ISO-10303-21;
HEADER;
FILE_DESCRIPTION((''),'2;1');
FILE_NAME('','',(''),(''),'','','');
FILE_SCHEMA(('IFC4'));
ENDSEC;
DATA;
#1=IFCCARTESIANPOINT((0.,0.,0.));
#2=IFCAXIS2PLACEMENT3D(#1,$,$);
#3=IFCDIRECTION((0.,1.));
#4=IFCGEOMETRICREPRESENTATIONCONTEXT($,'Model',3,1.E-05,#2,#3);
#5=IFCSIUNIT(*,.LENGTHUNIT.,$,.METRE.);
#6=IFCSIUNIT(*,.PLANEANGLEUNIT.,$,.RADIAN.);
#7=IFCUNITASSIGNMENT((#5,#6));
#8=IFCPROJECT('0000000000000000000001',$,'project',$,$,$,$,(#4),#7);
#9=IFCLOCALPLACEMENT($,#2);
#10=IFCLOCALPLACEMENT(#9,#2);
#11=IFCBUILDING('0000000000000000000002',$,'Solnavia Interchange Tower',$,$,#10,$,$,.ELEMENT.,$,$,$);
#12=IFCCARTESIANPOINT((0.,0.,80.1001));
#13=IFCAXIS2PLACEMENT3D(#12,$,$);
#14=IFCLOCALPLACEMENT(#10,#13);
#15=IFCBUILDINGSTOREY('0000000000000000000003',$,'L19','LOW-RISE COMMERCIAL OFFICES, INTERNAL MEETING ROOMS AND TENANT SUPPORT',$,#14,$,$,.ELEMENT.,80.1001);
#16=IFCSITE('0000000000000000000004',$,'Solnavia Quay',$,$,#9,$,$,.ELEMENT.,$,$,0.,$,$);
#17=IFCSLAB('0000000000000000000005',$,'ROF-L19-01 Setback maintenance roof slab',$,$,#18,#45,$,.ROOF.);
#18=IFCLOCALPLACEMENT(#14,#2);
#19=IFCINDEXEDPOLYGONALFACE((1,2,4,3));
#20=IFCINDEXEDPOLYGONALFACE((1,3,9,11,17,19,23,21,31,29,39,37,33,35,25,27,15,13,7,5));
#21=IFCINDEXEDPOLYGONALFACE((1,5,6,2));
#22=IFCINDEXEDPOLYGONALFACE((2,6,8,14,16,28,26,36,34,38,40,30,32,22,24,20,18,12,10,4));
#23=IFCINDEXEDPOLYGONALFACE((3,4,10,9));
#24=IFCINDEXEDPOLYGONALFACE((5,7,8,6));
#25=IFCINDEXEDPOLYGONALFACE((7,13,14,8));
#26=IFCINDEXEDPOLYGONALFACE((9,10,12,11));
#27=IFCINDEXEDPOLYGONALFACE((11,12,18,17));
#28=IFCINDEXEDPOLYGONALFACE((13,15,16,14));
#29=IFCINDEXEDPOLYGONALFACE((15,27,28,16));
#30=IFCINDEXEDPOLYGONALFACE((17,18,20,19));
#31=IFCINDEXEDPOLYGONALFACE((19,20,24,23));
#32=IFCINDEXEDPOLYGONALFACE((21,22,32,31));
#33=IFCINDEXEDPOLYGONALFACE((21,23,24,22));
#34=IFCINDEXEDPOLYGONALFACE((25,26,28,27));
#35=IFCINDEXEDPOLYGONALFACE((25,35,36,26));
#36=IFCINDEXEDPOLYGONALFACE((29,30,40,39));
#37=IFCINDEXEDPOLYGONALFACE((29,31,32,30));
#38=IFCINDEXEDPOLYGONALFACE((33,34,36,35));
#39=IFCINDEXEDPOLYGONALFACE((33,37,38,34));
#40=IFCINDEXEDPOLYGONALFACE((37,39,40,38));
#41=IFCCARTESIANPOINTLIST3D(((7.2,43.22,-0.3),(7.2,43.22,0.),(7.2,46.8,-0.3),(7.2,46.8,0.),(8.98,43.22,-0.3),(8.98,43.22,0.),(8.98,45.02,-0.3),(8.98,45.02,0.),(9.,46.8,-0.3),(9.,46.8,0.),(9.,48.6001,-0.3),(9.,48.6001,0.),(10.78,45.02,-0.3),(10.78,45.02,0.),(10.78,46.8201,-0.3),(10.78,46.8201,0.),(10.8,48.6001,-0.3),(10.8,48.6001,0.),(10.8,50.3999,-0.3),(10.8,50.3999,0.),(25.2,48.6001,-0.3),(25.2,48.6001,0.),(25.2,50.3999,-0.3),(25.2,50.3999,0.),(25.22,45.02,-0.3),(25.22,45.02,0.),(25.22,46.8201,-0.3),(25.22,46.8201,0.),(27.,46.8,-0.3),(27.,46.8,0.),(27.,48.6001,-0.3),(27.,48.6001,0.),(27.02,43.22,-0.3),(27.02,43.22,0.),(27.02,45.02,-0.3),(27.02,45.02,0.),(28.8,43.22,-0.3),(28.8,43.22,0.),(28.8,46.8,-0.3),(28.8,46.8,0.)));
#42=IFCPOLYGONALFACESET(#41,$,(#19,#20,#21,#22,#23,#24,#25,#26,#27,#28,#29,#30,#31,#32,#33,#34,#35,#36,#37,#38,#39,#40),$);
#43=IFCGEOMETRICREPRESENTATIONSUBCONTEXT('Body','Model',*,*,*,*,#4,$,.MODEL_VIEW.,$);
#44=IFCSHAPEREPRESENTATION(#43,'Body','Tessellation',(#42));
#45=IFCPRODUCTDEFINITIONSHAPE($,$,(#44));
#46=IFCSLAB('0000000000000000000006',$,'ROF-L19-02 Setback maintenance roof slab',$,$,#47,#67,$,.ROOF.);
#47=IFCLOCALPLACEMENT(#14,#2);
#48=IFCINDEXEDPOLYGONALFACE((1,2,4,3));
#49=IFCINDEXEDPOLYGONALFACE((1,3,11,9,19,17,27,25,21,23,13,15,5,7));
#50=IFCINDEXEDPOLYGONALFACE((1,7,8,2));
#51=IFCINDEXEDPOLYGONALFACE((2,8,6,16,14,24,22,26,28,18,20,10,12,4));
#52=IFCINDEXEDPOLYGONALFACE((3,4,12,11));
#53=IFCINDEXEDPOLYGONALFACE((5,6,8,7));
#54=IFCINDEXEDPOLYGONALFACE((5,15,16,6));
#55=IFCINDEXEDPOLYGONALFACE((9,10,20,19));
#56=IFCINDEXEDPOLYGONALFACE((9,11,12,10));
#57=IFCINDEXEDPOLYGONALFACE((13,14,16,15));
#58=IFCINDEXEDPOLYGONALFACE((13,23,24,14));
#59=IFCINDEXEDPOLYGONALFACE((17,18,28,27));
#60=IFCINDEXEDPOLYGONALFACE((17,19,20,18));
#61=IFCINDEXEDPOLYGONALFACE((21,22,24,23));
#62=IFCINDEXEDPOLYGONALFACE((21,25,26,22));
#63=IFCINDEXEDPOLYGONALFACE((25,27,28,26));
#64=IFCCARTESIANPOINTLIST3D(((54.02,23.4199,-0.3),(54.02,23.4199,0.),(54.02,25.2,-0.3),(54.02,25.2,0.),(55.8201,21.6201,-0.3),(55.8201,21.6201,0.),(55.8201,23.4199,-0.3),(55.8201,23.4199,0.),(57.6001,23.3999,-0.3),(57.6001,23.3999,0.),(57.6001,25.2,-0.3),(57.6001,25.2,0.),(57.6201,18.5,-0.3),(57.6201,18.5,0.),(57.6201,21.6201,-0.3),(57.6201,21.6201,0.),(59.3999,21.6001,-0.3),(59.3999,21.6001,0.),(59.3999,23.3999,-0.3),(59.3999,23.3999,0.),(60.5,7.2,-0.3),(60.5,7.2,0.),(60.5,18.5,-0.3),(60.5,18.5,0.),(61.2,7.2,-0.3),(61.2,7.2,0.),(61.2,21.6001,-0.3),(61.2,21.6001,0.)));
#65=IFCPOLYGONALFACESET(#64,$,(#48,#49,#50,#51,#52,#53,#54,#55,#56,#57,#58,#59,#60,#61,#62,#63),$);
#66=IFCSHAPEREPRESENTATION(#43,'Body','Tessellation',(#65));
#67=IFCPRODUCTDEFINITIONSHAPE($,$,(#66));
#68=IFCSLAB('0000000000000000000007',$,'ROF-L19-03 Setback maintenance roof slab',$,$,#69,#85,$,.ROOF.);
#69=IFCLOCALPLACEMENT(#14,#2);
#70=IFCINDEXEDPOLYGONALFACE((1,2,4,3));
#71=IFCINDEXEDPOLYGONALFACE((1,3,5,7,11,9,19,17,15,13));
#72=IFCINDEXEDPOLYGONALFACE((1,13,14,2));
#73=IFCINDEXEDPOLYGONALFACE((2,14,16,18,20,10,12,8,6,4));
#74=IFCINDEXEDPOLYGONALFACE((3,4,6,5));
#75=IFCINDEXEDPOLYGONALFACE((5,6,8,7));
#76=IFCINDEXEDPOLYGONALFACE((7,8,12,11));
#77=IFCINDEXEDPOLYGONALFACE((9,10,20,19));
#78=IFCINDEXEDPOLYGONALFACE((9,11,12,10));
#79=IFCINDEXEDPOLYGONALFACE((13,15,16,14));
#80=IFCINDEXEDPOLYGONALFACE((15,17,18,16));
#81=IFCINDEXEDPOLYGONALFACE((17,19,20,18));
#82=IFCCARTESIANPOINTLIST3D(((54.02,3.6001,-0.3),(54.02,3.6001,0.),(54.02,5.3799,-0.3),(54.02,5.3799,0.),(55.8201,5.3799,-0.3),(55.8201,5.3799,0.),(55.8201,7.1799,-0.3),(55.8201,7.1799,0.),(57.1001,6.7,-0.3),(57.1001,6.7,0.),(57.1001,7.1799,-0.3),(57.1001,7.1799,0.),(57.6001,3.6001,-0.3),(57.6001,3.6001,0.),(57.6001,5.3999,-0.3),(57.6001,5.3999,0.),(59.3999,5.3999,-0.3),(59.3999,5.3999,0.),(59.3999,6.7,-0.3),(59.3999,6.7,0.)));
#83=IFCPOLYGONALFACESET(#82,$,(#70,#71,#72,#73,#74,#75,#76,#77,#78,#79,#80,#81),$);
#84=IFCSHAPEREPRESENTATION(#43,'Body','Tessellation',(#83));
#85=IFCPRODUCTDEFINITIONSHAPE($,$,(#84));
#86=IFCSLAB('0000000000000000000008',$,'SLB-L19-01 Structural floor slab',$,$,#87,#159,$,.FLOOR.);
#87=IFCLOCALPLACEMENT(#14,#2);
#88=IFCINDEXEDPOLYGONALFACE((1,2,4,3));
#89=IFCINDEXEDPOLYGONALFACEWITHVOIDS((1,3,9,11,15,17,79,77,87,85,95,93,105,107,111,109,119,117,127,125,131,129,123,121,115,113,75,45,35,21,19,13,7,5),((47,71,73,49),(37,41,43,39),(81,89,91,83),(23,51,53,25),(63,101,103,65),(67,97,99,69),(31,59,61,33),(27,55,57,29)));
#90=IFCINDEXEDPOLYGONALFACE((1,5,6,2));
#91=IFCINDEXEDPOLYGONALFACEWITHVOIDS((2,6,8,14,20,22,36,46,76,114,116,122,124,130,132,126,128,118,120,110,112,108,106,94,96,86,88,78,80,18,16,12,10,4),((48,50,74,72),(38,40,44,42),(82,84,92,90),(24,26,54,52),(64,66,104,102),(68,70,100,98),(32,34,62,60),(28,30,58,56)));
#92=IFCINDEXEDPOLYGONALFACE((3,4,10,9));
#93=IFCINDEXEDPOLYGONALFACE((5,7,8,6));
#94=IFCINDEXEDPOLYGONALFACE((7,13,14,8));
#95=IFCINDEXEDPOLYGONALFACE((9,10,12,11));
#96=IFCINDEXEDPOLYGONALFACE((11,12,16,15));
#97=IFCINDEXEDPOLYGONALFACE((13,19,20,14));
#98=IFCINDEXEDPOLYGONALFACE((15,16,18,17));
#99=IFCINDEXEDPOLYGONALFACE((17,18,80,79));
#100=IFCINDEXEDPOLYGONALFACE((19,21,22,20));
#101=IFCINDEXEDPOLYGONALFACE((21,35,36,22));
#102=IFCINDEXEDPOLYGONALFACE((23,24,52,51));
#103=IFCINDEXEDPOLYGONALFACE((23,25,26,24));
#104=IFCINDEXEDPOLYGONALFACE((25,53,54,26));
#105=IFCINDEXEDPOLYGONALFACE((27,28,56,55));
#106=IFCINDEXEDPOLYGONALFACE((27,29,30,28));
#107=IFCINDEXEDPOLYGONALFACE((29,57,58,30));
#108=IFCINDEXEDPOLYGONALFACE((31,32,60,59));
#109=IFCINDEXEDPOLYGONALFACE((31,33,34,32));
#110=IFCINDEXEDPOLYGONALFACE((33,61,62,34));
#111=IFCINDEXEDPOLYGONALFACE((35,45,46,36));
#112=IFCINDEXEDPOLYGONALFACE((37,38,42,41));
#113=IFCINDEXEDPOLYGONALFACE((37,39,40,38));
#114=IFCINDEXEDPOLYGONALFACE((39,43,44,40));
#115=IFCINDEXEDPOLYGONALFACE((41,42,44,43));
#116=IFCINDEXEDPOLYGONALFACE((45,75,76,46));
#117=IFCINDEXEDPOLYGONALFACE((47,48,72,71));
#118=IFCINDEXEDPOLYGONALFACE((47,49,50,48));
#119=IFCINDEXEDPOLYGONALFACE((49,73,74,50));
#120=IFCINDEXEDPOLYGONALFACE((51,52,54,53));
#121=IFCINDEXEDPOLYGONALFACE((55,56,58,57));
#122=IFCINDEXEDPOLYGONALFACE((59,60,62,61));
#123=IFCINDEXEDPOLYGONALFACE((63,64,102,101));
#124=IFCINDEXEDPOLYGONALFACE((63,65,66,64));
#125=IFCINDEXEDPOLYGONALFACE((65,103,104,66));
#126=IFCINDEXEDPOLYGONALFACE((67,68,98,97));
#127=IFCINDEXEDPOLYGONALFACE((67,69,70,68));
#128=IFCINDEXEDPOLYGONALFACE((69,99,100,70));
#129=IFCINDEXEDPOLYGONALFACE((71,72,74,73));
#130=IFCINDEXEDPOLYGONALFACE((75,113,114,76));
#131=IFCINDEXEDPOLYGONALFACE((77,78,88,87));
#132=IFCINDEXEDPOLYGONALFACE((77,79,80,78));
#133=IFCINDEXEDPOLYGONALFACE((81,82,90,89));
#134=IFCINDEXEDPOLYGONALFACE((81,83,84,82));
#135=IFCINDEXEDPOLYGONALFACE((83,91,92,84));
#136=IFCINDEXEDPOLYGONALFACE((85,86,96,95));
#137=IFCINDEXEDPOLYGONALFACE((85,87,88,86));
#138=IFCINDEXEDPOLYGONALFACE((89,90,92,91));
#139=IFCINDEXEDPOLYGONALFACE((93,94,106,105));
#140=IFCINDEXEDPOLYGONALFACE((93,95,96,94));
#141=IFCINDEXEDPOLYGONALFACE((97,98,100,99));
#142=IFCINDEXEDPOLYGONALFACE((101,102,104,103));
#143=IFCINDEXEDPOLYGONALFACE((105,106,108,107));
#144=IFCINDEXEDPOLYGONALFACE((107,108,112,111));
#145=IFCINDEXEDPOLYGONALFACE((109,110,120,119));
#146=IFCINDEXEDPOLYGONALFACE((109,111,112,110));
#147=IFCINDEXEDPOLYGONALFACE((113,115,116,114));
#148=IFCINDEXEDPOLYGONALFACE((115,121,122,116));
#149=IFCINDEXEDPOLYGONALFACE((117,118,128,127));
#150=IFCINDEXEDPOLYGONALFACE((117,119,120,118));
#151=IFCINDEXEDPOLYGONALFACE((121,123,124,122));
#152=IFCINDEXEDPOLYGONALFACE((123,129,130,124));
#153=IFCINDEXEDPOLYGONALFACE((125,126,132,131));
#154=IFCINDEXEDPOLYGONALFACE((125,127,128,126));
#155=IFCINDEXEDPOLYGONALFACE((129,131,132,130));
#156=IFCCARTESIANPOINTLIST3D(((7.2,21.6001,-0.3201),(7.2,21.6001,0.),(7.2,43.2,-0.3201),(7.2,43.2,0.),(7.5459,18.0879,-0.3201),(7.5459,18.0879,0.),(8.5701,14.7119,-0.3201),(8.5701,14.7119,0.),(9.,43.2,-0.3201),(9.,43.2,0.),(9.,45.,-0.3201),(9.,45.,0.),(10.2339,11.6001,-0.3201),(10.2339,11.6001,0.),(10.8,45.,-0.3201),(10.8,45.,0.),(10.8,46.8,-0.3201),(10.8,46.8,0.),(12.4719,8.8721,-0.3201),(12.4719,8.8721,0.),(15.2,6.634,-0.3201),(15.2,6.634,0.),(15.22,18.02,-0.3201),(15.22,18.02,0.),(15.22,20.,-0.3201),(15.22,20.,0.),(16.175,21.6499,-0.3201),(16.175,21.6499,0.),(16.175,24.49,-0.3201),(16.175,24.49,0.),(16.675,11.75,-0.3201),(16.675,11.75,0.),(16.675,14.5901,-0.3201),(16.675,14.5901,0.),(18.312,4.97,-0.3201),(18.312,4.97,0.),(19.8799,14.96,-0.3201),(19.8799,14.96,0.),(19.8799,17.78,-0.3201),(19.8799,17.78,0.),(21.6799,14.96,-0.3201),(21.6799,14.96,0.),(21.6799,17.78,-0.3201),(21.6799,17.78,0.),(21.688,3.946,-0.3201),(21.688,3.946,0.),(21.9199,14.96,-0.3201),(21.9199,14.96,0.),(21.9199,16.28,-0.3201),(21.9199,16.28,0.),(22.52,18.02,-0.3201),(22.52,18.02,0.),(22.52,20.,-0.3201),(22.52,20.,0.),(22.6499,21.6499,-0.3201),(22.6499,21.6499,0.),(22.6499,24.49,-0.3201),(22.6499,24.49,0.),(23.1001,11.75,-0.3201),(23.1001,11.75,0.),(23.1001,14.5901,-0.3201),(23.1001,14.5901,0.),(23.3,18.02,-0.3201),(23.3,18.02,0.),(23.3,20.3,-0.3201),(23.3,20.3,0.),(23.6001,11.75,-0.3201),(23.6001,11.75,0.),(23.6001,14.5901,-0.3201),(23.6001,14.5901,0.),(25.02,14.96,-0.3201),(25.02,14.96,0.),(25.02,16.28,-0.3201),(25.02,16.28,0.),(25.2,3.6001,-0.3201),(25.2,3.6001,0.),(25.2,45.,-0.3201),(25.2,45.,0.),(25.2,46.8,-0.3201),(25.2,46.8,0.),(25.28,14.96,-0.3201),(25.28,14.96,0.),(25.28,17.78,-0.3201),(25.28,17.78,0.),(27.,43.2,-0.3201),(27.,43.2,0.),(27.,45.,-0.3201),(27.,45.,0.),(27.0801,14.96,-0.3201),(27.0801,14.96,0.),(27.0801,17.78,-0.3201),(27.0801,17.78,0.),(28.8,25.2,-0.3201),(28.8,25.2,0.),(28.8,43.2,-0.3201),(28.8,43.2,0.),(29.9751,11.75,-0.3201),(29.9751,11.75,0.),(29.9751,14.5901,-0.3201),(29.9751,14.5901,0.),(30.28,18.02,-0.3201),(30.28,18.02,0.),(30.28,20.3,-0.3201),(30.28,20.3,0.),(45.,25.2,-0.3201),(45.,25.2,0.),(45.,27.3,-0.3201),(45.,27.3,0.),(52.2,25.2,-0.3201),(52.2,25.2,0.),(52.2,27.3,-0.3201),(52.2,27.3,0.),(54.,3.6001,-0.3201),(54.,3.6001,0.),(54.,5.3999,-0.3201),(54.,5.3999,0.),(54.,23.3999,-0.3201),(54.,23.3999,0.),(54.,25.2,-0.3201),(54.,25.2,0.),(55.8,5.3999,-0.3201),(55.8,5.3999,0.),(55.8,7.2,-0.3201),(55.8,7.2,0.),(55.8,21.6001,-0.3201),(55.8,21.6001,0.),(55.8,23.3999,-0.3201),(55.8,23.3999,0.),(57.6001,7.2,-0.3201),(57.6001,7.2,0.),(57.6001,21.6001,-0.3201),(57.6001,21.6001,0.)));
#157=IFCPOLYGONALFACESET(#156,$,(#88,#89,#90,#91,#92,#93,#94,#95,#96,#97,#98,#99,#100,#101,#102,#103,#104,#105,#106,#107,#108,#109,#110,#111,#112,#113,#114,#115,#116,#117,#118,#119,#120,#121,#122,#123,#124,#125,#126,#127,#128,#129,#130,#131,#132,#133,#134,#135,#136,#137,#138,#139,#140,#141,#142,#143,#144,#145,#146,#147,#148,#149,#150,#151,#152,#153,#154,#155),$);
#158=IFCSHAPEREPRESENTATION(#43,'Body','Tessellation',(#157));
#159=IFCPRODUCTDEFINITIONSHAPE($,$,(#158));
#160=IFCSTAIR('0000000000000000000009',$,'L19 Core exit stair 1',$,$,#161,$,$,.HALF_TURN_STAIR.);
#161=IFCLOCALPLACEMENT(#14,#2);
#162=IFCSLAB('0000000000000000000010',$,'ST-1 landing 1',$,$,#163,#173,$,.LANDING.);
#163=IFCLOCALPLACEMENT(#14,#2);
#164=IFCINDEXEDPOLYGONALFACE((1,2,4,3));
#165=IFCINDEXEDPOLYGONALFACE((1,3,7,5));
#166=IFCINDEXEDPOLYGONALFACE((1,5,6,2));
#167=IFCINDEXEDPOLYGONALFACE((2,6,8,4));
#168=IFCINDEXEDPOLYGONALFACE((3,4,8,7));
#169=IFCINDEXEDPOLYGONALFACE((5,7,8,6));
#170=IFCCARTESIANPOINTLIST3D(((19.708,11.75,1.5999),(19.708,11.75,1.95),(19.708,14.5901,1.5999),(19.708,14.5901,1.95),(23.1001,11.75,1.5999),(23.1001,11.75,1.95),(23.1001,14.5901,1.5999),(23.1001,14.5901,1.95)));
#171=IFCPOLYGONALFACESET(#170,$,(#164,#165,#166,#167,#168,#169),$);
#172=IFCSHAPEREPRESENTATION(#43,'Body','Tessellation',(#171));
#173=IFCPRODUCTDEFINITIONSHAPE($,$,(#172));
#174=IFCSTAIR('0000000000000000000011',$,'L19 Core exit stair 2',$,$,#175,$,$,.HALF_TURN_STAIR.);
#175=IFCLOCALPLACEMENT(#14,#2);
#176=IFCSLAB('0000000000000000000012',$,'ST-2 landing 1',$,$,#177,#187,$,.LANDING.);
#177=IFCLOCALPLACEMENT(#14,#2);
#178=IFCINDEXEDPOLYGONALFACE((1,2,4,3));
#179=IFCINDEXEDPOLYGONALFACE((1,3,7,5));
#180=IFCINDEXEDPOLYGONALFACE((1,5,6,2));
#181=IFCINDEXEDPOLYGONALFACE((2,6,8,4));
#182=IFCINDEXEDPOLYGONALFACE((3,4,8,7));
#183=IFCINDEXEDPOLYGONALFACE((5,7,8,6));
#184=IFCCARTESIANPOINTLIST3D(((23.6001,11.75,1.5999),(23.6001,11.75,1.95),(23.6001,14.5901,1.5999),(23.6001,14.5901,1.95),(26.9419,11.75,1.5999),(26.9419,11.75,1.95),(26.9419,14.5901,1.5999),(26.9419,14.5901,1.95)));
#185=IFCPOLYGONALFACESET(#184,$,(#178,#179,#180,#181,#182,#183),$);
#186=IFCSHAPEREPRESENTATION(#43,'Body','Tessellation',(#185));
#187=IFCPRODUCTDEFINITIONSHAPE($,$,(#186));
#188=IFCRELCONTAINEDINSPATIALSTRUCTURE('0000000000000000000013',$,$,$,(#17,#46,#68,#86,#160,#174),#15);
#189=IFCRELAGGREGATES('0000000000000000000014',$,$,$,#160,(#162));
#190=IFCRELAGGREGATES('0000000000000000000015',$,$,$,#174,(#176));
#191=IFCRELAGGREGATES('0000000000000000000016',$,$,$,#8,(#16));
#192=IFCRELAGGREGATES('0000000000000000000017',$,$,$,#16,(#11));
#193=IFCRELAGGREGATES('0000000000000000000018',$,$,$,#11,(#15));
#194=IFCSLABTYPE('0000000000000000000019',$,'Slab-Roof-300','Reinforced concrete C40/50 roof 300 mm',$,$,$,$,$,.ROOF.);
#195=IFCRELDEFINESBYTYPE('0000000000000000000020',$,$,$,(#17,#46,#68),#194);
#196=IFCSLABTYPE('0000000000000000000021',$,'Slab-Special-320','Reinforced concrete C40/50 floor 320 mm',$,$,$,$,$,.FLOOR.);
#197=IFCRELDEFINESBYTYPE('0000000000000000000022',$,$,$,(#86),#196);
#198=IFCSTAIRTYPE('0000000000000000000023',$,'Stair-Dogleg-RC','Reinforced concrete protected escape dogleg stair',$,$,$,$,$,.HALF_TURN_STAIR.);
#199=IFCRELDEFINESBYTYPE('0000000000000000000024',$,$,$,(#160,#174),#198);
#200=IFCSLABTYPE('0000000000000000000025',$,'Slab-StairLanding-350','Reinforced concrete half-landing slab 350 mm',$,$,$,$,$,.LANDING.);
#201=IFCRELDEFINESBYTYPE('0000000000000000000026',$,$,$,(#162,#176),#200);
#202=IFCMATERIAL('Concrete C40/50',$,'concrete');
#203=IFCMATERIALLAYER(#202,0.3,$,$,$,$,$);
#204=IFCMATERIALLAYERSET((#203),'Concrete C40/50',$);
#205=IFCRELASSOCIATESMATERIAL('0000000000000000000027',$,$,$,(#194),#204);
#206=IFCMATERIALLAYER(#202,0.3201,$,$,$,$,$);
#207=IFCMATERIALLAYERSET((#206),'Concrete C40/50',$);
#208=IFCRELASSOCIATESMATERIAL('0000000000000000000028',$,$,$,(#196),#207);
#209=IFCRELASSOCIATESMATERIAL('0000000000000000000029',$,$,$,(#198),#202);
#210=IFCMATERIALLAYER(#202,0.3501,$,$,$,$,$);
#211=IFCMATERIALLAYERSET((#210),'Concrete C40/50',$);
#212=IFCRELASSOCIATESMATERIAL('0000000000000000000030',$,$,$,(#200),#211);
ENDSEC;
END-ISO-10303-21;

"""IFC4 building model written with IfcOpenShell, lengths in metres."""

from ifc_helpers import new_model, si_unit, direction, frame, origin, place, context, subcontext, project, spatial, polyline, outline, extrude, material, layer, layer_set, type_object, element, aggregate, save


model = new_model("IFC4")

# Units and contexts
model_context = context("Model", 3, precision=1e-05, world=origin(), true_north=direction((0.0, 1.0)))
body_context = subcontext(model_context, "Body", "Model", "MODEL_VIEW")
ifc_project = project(units=[si_unit("LENGTHUNIT", "METRE"), si_unit("PLANEANGLEUNIT", "RADIAN")], contexts=[model_context])

# Site, building, storey
site_placement = place(None, origin())
site = spatial("IfcSite", under=ifc_project, at=site_placement, Name="Solnavia Quay", CompositionType="ELEMENT", RefElevation=0.0)
building_placement = place(site_placement, origin())
building = spatial("IfcBuilding", under=site, at=building_placement, Name="Solnavia Interchange Tower", CompositionType="ELEMENT")
storey_placement = place(building_placement, frame((0.0, 0.0, 80.1001)))
storey = spatial("IfcBuildingStorey", under=building, at=storey_placement, Name="L19", Description="LOW-RISE COMMERCIAL OFFICES, INTERNAL MEETING ROOMS AND TENANT SUPPORT", CompositionType="ELEMENT", Elevation=80.1001)

# Slabs
ifc_material_1 = material(Name="Concrete C40/50", Category="concrete")
ifc_layer_1 = layer(ifc_material_1, 0.3)
ifc_layer_set_1 = layer_set([ifc_layer_1], Name="Concrete C40/50")
slab_type_1 = type_object("IfcSlabType", Name="Slab-Roof-300", Description="Reinforced concrete C40/50 roof 300 mm", PredefinedType="ROOF", material=ifc_layer_set_1)
slab_1_placement = place(storey_placement, frame((0.0, 0.0, -0.3)))
element("IfcSlab", 1, at=slab_1_placement, inside=storey, type_object=slab_type_1, Name="ROF-L19-01 Setback maintenance roof slab", PredefinedType="ROOF", context=body_context, shape_type="SweptSolid", body=[
    extrude(outline(polyline([(9.0, 46.8), (9.0, 48.6001), (10.8, 48.6001), (10.8, 50.3999), (25.2, 50.3999), (25.2, 48.6001), (27.0, 48.6001), (27.0, 46.8), (28.8, 46.8), (28.8, 43.22), (27.02, 43.22), (27.02, 45.02), (25.22, 45.02), (25.22, 46.8201), (10.78, 46.8201), (10.78, 45.02), (8.98, 45.02), (8.98, 43.22), (7.2, 43.22), (7.2, 46.8), (9.0, 46.8)])), origin(), (0.0, 0.0, 1.0), 0.3),
])
slab_2_placement = place(storey_placement, frame((0.0, 0.0, -0.3)))
element("IfcSlab", 2, at=slab_2_placement, inside=storey, type_object=slab_type_1, Name="ROF-L19-02 Setback maintenance roof slab", PredefinedType="ROOF", context=body_context, shape_type="SweptSolid", body=[
    extrude(outline(polyline([(57.6001, 23.3999), (59.3999, 23.3999), (59.3999, 21.6001), (61.2, 21.6001), (61.2, 7.2), (60.5, 7.2), (60.5, 18.5), (57.6201, 18.5), (57.6201, 21.6201), (55.8201, 21.6201), (55.8201, 23.4199), (54.02, 23.4199), (54.02, 25.2), (57.6001, 25.2), (57.6001, 23.3999)])), origin(), (0.0, 0.0, 1.0), 0.3),
])
slab_3_placement = place(storey_placement, frame((0.0, 0.0, -0.3)))
element("IfcSlab", 3, at=slab_3_placement, inside=storey, type_object=slab_type_1, Name="ROF-L19-03 Setback maintenance roof slab", PredefinedType="ROOF", context=body_context, shape_type="SweptSolid", body=[
    extrude(outline(polyline([(59.3999, 5.3999), (57.6001, 5.3999), (57.6001, 3.6001), (54.02, 3.6001), (54.02, 5.3799), (55.8201, 5.3799), (55.8201, 7.1799), (57.1001, 7.1799), (57.1001, 6.7), (59.3999, 6.7), (59.3999, 5.3999)])), origin(), (0.0, 0.0, 1.0), 0.3),
])
ifc_layer_2 = layer(ifc_material_1, 0.3201)
ifc_layer_set_2 = layer_set([ifc_layer_2], Name="Concrete C40/50")
slab_type_2 = type_object("IfcSlabType", Name="Slab-Special-320", Description="Reinforced concrete C40/50 floor 320 mm", PredefinedType="FLOOR", material=ifc_layer_set_2)
slab_4_placement = place(storey_placement, frame((0.0, 0.0, -0.3201)))
element("IfcSlab", 4, at=slab_4_placement, inside=storey, type_object=slab_type_2, Name="SLB-L19-01 Structural floor slab", PredefinedType="FLOOR", context=body_context, shape_type="SweptSolid", body=[
    extrude(outline(polyline([(25.2, 3.6001), (54.0, 3.6001), (54.0, 5.3999), (55.8, 5.3999), (55.8, 7.2), (57.6001, 7.2), (57.6001, 21.6001), (55.8, 21.6001), (55.8, 23.3999), (54.0, 23.3999), (54.0, 25.2), (52.2, 25.2), (52.2, 27.3), (45.0, 27.3), (45.0, 25.2), (28.8, 25.2), (28.8, 43.2), (27.0, 43.2), (27.0, 45.0), (25.2, 45.0), (25.2, 46.8), (10.8, 46.8), (10.8, 45.0), (9.0, 45.0), (9.0, 43.2), (7.2, 43.2), (7.2, 21.6001), (7.5459, 18.0879), (8.5701, 14.7119), (10.2339, 11.6001), (12.4719, 8.8721), (15.2, 6.634), (18.312, 4.97), (21.688, 3.946), (25.2, 3.6001)]), holes=[polyline([(16.675, 11.75), (23.1001, 11.75), (23.1001, 14.5901), (16.675, 14.5901), (16.675, 11.75)]), polyline([(23.6001, 11.75), (29.9751, 11.75), (29.9751, 14.5901), (23.6001, 14.5901), (23.6001, 11.75)]), polyline([(16.175, 21.6499), (22.6499, 21.6499), (22.6499, 24.49), (16.175, 24.49), (16.175, 21.6499)]), polyline([(19.8799, 14.96), (21.6799, 14.96), (21.6799, 17.78), (19.8799, 17.78), (19.8799, 14.96)]), polyline([(25.28, 14.96), (27.0801, 14.96), (27.0801, 17.78), (25.28, 17.78), (25.28, 14.96)]), polyline([(21.9199, 14.96), (25.02, 14.96), (25.02, 16.28), (21.9199, 16.28), (21.9199, 14.96)]), polyline([(15.22, 18.02), (22.52, 18.02), (22.52, 20.0), (15.22, 20.0), (15.22, 18.02)]), polyline([(23.3, 18.02), (30.28, 18.02), (30.28, 20.3), (23.3, 20.3), (23.3, 18.02)])]), origin(), (0.0, 0.0, 1.0), 0.3201),
])

# Stairs, slabs
stair_type = type_object("IfcStairType", Name="Stair-Dogleg-RC", Description="Reinforced concrete protected escape dogleg stair", PredefinedType="HALF_TURN_STAIR", material=ifc_material_1)
stair_1_placement = place(storey_placement, origin())
stair_1 = element("IfcStair", 5, at=stair_1_placement, inside=storey, type_object=stair_type, Name="L19 Core exit stair 1", PredefinedType="HALF_TURN_STAIR")
ifc_layer_3 = layer(ifc_material_1, 0.3501)
ifc_layer_set_3 = layer_set([ifc_layer_3], Name="Concrete C40/50")
slab_type_3 = type_object("IfcSlabType", Name="Slab-StairLanding-350", Description="Reinforced concrete half-landing slab 350 mm", PredefinedType="LANDING", material=ifc_layer_set_3)
slab_5_placement = place(storey_placement, frame((0.0, 0.0, 1.5999)))
slab_5 = element("IfcSlab", 6, at=slab_5_placement, type_object=slab_type_3, Name="ST-1 landing 1", PredefinedType="LANDING", context=body_context, shape_type="SweptSolid", body=[
    extrude(outline(polyline([(19.708, 11.75), (23.1001, 11.75), (23.1001, 14.5901), (19.708, 14.5901), (19.708, 11.75)])), origin(), (0.0, 0.0, 1.0), 0.3501),
])
aggregate(stair_1, [slab_5])
stair_2_placement = place(storey_placement, origin())
stair_2 = element("IfcStair", 7, at=stair_2_placement, inside=storey, type_object=stair_type, Name="L19 Core exit stair 2", PredefinedType="HALF_TURN_STAIR")
slab_6_placement = place(storey_placement, frame((0.0, 0.0, 1.5999)))
slab_6 = element("IfcSlab", 8, at=slab_6_placement, type_object=slab_type_3, Name="ST-2 landing 1", PredefinedType="LANDING", context=body_context, shape_type="SweptSolid", body=[
    extrude(outline(polyline([(23.6001, 11.75), (26.9419, 11.75), (26.9419, 14.5901), (23.6001, 14.5901), (23.6001, 11.75)])), origin(), (0.0, 0.0, 1.0), 0.3501),
])
aggregate(stair_2, [slab_6])

save(model, "model.ifc")
